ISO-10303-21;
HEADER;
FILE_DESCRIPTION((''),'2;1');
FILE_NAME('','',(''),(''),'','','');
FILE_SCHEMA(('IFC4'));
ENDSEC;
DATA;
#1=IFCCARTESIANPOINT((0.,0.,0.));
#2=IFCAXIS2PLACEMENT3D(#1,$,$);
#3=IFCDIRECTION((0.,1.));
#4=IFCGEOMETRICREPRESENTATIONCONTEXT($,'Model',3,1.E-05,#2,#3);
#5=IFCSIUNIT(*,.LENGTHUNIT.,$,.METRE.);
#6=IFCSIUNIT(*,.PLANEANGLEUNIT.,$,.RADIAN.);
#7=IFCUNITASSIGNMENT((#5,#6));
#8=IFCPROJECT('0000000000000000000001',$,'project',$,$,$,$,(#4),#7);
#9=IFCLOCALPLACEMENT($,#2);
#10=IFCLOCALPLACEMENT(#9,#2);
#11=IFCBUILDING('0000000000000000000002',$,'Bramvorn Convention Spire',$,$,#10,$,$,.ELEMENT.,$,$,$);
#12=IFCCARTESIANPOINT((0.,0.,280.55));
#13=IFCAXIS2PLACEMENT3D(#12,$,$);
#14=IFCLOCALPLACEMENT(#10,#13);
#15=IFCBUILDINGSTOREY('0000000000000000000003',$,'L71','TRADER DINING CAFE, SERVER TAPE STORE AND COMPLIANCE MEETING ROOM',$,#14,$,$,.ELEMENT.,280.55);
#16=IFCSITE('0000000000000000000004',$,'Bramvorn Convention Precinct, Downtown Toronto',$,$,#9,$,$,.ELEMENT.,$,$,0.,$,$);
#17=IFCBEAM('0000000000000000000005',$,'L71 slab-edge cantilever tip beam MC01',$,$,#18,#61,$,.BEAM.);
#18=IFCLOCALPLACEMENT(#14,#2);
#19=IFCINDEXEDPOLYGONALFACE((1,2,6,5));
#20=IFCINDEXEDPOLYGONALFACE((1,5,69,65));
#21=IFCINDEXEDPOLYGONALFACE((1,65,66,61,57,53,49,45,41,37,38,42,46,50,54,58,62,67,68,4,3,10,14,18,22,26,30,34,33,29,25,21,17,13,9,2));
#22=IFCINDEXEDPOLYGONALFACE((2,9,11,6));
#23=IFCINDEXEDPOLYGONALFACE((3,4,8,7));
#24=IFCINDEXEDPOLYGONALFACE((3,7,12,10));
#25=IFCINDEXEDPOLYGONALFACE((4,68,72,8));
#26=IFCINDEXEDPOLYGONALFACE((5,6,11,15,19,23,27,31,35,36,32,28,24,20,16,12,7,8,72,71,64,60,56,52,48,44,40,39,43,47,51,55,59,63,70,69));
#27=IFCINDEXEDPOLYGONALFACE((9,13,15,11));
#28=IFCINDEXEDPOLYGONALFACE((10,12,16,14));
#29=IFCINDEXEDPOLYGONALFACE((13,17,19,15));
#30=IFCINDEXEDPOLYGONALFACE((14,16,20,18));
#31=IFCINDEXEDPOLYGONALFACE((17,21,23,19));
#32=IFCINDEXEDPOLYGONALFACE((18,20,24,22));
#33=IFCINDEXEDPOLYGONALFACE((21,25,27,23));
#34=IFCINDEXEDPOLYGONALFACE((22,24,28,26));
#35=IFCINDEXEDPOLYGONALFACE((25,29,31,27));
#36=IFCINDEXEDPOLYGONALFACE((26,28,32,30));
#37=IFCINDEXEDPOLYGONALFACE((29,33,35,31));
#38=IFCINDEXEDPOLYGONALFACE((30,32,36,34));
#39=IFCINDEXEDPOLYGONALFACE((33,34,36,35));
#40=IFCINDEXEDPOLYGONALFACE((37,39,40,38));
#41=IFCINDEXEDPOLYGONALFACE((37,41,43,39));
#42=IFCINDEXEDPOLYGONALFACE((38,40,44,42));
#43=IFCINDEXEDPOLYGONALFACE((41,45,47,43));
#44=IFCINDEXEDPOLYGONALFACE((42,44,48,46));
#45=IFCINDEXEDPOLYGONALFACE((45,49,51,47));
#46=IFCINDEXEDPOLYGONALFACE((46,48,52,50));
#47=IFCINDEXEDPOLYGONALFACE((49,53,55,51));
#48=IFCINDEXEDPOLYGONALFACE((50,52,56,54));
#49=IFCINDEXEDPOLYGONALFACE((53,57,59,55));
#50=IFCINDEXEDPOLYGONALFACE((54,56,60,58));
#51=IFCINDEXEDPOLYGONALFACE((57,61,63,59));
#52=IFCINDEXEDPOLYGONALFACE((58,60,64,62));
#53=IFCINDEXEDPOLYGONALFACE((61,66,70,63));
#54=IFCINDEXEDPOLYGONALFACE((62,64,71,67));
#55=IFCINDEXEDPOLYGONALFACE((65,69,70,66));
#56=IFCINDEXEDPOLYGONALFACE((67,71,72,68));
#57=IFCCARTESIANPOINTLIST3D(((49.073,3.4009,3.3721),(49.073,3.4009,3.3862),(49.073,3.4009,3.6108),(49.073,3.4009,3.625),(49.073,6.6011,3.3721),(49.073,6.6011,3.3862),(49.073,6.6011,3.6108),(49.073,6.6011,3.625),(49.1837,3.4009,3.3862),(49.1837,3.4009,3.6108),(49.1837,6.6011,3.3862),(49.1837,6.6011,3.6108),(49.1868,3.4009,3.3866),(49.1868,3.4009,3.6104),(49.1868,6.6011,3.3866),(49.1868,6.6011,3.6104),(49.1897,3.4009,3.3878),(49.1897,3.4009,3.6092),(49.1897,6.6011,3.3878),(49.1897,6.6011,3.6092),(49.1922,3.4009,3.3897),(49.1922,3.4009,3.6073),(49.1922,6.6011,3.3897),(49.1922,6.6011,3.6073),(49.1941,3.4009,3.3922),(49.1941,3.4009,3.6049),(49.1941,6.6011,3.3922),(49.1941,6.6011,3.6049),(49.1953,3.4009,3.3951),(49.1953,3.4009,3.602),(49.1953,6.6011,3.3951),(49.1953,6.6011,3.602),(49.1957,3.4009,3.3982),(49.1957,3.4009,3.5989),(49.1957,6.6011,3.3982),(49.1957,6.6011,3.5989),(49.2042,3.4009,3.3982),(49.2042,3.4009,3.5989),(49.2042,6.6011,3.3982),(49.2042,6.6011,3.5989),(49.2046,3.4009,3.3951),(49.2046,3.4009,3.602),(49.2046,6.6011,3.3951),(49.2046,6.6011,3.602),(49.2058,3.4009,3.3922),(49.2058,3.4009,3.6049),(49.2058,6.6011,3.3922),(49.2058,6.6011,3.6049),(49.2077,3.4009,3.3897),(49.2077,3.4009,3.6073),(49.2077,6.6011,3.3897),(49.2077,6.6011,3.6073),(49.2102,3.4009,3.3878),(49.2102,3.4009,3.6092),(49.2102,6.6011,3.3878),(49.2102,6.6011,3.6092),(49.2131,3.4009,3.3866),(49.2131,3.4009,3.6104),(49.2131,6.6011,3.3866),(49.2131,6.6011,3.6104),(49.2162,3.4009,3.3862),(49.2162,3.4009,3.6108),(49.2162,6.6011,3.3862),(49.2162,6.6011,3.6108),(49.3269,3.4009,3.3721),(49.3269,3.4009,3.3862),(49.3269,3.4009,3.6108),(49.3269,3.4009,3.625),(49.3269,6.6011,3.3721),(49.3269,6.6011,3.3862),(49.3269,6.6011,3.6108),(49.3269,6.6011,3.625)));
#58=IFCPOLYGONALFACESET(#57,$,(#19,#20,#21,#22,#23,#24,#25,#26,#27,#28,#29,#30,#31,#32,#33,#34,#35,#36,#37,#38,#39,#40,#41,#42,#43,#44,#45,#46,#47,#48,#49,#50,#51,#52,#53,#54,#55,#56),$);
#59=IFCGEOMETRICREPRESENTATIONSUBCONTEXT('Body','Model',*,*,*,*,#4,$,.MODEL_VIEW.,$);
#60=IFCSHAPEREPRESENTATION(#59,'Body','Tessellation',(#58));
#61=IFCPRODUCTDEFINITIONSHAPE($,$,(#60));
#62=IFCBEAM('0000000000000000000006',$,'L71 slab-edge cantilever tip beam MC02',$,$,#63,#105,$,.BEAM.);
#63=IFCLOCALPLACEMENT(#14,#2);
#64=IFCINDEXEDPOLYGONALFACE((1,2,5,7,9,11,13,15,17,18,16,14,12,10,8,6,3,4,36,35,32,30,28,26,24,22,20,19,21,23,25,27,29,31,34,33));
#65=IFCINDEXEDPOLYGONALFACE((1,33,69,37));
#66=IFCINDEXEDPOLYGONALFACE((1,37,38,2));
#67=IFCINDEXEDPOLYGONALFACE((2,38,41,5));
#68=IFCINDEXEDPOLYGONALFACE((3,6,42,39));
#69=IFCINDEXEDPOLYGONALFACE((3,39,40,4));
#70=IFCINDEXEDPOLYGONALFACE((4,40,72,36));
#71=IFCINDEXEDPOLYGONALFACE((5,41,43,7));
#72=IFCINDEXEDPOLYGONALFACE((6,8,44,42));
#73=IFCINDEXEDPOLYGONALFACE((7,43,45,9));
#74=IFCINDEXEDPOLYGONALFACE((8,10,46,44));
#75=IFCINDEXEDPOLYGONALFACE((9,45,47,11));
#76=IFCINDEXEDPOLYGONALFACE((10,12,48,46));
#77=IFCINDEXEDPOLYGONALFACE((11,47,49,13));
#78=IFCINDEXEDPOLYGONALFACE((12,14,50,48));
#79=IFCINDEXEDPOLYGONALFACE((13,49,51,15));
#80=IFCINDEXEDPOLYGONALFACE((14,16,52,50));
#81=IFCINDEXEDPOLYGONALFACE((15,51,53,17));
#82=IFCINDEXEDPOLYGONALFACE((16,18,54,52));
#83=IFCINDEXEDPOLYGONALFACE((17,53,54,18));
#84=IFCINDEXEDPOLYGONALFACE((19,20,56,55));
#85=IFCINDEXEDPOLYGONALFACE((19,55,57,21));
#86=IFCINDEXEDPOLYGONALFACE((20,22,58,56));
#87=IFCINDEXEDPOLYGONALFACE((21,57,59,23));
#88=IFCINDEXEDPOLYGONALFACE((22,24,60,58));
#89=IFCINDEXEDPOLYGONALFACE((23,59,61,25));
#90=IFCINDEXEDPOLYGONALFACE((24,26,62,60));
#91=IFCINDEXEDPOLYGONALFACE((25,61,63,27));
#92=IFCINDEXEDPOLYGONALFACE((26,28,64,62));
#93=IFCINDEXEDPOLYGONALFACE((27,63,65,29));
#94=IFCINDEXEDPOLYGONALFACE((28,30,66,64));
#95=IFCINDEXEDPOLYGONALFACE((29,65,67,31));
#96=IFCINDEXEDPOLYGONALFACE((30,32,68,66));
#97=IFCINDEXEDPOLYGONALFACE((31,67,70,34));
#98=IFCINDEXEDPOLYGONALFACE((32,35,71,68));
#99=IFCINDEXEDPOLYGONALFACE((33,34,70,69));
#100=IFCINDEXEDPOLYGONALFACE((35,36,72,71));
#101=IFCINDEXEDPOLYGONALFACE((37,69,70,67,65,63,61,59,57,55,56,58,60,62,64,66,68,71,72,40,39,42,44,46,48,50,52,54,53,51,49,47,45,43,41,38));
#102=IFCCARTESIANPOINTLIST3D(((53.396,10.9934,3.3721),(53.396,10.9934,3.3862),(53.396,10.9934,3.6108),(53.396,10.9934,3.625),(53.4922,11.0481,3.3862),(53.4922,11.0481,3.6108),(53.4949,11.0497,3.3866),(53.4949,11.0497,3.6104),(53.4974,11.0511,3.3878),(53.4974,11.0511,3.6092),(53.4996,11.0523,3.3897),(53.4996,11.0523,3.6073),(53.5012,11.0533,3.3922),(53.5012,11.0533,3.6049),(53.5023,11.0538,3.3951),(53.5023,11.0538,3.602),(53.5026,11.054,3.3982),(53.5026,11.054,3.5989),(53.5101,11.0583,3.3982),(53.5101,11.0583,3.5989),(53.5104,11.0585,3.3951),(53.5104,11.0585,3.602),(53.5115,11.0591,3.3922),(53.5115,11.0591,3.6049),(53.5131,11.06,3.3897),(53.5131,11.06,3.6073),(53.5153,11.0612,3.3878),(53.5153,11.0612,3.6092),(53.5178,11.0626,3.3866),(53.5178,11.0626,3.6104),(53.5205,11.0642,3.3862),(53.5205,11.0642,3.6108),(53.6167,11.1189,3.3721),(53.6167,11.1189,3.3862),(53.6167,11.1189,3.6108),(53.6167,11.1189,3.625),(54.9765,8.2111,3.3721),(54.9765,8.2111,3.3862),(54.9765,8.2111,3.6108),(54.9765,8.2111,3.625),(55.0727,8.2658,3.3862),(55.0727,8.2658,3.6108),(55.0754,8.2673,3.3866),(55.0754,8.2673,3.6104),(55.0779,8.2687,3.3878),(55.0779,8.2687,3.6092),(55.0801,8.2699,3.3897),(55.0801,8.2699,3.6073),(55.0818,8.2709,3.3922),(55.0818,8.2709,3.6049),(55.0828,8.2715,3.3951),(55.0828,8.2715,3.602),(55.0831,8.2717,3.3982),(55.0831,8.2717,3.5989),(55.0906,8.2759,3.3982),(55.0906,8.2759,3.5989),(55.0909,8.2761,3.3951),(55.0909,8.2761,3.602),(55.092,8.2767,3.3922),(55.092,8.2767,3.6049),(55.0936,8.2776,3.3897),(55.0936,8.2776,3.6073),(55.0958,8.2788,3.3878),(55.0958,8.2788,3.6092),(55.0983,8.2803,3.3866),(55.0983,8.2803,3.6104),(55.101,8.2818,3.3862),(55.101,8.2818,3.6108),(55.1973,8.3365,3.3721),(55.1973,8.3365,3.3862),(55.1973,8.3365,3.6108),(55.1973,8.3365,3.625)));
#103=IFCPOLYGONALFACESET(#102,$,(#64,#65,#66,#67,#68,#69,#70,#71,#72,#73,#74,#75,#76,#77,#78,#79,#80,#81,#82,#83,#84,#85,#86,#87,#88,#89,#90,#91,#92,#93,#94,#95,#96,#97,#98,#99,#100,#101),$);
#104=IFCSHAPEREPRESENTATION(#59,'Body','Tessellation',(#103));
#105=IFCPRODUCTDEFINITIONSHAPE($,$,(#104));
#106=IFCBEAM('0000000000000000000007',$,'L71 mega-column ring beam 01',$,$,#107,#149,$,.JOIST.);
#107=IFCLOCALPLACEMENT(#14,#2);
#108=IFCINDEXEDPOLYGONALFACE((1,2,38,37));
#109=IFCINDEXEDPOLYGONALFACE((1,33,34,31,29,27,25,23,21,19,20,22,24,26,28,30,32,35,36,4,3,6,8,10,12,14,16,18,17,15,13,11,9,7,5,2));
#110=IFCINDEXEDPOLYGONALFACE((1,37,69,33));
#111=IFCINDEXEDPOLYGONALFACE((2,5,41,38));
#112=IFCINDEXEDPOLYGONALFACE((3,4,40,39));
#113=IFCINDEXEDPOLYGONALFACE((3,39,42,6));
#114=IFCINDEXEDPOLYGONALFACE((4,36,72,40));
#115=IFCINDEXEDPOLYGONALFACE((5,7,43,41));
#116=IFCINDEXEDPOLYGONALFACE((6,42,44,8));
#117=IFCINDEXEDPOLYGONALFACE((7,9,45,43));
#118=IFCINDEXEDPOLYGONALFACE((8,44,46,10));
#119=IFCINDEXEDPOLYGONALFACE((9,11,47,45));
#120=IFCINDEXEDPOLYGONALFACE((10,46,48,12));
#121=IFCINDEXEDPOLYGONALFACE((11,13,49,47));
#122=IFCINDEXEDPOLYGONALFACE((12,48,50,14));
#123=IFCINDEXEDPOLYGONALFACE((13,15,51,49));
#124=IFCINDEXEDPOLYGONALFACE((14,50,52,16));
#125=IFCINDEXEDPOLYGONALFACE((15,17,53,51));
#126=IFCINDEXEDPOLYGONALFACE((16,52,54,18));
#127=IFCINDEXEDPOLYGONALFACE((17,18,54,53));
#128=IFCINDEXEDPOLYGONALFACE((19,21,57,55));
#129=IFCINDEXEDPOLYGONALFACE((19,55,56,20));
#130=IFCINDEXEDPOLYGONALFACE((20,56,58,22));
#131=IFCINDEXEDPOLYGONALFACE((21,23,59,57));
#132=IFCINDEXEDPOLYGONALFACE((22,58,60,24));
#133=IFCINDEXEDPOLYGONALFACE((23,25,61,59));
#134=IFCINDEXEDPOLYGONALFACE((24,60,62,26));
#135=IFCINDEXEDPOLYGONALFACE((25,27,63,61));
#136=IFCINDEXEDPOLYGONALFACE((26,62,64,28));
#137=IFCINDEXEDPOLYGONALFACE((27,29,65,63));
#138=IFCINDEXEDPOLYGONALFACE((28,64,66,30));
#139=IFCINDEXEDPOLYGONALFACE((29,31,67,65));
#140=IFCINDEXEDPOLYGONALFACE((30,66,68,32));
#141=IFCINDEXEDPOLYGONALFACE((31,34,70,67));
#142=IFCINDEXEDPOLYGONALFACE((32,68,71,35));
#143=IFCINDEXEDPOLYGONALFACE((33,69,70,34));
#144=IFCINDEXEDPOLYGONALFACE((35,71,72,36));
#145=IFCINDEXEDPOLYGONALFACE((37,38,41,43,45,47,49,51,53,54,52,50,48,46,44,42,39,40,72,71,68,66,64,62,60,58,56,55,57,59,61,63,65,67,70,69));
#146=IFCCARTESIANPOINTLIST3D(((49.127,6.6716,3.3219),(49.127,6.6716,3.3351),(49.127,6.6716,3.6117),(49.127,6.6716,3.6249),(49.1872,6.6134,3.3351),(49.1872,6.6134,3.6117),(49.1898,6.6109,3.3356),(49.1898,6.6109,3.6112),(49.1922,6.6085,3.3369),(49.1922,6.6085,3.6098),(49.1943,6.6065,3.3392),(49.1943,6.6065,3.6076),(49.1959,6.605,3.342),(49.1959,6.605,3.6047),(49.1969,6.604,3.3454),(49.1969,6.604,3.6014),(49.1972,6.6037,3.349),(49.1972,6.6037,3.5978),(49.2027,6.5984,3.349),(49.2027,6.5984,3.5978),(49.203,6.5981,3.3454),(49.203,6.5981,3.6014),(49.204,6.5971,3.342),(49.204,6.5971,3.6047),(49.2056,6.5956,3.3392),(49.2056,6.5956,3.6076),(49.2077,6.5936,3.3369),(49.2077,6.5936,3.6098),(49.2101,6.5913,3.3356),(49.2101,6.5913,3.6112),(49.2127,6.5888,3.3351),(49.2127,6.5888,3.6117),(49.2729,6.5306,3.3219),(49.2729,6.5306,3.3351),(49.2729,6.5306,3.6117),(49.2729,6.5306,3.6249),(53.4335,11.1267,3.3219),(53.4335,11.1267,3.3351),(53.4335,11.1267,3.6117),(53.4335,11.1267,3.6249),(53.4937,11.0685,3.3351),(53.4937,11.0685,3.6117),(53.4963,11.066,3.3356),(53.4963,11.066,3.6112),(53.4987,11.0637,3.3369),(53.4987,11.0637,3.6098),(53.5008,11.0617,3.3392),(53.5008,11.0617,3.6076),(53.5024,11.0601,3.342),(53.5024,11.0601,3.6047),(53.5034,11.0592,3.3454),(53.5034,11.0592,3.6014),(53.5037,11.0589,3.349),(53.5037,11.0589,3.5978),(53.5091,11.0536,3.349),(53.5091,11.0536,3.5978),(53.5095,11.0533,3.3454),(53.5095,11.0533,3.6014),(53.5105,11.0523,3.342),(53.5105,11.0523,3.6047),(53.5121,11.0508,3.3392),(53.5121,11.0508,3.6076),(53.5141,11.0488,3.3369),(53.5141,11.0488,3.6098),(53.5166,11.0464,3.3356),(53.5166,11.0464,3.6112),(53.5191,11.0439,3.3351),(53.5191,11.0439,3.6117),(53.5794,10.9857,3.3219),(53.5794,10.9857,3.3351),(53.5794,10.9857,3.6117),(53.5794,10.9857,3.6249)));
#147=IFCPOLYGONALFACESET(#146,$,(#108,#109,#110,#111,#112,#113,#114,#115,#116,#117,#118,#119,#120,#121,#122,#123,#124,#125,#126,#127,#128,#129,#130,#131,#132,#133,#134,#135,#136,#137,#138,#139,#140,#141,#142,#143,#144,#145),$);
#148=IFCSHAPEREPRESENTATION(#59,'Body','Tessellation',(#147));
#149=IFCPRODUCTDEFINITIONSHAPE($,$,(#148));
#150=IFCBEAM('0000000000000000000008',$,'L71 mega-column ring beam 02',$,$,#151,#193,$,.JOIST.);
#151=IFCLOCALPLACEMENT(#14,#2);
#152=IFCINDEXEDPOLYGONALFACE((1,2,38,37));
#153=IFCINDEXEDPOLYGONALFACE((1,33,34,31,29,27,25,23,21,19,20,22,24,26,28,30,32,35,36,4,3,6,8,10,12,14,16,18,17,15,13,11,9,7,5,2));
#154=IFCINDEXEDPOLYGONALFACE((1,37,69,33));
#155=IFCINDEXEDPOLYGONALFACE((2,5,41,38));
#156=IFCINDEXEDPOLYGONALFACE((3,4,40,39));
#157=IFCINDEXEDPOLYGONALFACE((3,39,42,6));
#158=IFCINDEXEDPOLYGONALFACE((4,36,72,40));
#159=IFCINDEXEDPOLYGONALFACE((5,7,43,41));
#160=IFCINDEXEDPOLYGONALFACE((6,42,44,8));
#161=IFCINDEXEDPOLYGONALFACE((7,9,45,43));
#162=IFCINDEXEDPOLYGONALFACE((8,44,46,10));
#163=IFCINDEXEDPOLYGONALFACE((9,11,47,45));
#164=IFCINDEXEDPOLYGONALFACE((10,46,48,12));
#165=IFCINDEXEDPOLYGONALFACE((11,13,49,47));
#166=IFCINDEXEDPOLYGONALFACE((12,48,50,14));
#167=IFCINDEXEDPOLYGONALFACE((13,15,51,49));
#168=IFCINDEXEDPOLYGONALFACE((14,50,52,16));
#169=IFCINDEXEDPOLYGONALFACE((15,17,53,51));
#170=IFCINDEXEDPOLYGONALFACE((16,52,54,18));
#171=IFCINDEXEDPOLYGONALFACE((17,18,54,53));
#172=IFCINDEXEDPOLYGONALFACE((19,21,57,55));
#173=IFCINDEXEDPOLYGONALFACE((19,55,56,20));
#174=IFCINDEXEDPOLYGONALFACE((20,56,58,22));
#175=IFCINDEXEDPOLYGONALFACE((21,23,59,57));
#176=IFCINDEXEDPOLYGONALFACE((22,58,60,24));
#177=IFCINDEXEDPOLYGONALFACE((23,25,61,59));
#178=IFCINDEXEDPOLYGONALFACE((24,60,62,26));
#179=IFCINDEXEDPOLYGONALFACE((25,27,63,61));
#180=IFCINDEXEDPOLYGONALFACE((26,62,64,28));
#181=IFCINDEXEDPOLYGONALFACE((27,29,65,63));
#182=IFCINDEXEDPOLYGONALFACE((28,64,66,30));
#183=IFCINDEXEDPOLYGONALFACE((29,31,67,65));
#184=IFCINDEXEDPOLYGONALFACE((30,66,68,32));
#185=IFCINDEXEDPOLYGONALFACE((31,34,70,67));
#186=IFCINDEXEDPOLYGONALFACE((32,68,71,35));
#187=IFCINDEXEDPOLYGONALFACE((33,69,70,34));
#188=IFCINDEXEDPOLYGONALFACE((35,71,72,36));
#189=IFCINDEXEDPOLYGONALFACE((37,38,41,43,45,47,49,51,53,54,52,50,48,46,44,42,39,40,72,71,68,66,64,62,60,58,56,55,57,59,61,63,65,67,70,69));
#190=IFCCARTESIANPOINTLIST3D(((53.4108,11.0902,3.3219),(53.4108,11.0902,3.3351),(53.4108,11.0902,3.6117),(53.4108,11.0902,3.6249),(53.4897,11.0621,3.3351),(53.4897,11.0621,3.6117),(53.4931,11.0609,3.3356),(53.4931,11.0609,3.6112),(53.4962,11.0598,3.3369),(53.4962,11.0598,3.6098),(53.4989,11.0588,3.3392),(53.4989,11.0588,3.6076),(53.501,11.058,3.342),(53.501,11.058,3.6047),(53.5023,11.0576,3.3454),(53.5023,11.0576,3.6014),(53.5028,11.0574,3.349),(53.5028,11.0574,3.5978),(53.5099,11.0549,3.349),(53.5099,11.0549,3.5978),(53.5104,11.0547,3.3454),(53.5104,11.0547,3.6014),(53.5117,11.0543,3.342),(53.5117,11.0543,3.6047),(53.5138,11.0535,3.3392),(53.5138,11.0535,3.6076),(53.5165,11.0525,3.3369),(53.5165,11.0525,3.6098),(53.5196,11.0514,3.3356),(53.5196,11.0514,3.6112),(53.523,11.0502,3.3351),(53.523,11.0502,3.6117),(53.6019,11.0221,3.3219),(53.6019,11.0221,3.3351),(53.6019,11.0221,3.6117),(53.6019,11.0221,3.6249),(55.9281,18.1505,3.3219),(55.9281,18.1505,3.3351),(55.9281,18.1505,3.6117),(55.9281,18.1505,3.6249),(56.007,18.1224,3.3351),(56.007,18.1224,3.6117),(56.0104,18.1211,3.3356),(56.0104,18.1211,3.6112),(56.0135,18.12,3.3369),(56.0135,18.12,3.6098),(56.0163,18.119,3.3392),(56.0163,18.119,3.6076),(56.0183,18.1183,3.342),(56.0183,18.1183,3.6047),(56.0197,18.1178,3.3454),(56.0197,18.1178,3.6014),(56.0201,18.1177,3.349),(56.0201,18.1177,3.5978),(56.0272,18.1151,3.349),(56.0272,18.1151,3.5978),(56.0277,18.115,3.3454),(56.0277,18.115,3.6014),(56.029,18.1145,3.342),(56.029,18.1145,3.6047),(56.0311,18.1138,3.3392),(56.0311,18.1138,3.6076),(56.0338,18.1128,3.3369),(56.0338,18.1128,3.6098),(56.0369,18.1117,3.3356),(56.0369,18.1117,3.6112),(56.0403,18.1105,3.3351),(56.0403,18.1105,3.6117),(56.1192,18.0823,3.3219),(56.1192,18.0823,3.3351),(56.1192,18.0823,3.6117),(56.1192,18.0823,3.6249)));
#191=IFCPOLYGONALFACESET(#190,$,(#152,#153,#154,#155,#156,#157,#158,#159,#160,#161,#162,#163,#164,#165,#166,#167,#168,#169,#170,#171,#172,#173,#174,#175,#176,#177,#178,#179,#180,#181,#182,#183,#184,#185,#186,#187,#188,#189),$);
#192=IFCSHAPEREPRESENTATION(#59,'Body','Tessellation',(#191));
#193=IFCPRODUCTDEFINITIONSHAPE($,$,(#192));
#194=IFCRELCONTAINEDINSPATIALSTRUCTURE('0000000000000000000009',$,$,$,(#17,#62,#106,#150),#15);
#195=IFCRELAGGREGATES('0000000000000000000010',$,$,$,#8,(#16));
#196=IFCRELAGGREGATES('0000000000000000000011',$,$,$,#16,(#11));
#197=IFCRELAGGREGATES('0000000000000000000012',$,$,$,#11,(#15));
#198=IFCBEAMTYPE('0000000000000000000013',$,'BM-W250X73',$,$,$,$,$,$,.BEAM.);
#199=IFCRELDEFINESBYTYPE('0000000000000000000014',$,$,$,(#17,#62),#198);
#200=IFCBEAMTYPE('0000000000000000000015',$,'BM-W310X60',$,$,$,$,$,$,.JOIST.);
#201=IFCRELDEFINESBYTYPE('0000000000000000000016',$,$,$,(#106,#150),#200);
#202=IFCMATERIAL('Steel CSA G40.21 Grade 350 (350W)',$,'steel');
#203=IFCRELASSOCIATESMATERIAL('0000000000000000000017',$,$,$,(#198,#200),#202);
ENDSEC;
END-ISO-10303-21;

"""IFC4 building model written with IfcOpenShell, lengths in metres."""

from ifc_helpers import new_model, si_unit, direction, frame, origin, origin_2d, place, context, subcontext, project, spatial, i_section, extrude, material, material_profile, profile_set, type_object, element, save


model = new_model("IFC4")

# Units and contexts
model_context = context("Model", 3, precision=1e-05, world=origin(), true_north=direction((0.0, 1.0)))
body_context = subcontext(model_context, "Body", "Model", "MODEL_VIEW")
ifc_project = project(units=[si_unit("LENGTHUNIT", "METRE"), si_unit("PLANEANGLEUNIT", "RADIAN")], contexts=[model_context])

# Site, building, storey
site_placement = place(None, origin())
site = spatial("IfcSite", under=ifc_project, at=site_placement, Name="Bramvorn Convention Precinct, Downtown Toronto", CompositionType="ELEMENT", RefElevation=0.0)
building_placement = place(site_placement, origin())
building = spatial("IfcBuilding", under=site, at=building_placement, Name="Bramvorn Convention Spire", CompositionType="ELEMENT")
storey_placement = place(building_placement, frame((0.0, 0.0, 280.55)))
storey = spatial("IfcBuildingStorey", under=building, at=storey_placement, Name="L71", Description="TRADER DINING CAFE, SERVER TAPE STORE AND COMPLIANCE MEETING ROOM", CompositionType="ELEMENT", Elevation=280.55)

# Shared definitions
ifc_material_1 = material(Name="Steel CSA G40.21 Grade 350 (350W)", Category="steel")

# Beams
ifc_material_profile_1 = material_profile(ifc_material_1, i_section(OverallWidth=0.2539, OverallDepth=0.2529, WebThickness=0.0085, FlangeThickness=0.0142, FilletRadius=0.012, at=origin_2d()))
ifc_profile_set_1 = profile_set([ifc_material_profile_1], Name="Steel CSA G40.21 Grade 350 (350W) - W250X73")
beam_type_1 = type_object("IfcBeamType", Name="BM-W250X73", PredefinedType="BEAM", material=ifc_profile_set_1)
beam_1_placement = place(storey_placement, frame((49.2, 6.6011, 3.4985), z_axis=(0.0, -1.0, 0.0), x_axis=(1.0, 0.0, 0.0)))
element("IfcBeam", 1, at=beam_1_placement, inside=storey, type_object=beam_type_1, Name="L71 slab-edge cantilever tip beam MC01", PredefinedType="BEAM", context=body_context, shape_type="SweptSolid", body=[
    extrude(i_section(OverallWidth=0.2539, OverallDepth=0.2529, WebThickness=0.0085, FlangeThickness=0.0142, FilletRadius=0.012, at=origin_2d()), origin(), (0.0, 0.0, 1.0), 3.2002),
])
beam_2_placement = place(storey_placement, frame((53.5063, 11.0562, 3.4985), z_axis=(0.493919, -0.869508, 0.0), x_axis=(0.869508, 0.493919, 0.0)))
element("IfcBeam", 2, at=beam_2_placement, inside=storey, type_object=beam_type_1, Name="L71 slab-edge cantilever tip beam MC02", PredefinedType="BEAM", context=body_context, shape_type="SweptSolid", body=[
    extrude(i_section(OverallWidth=0.2539, OverallDepth=0.2529, WebThickness=0.0085, FlangeThickness=0.0142, FilletRadius=0.012, at=origin_2d()), origin(), (0.0, 0.0, 1.0), 3.2),
])
ifc_material_profile_2 = material_profile(ifc_material_1, i_section(OverallWidth=0.2029, OverallDepth=0.303, WebThickness=0.0076, FlangeThickness=0.0132, FilletRadius=0.0139, at=origin_2d()))
ifc_profile_set_2 = profile_set([ifc_material_profile_2], Name="Steel CSA G40.21 Grade 350 (350W) - W310X60")
beam_type_2 = type_object("IfcBeamType", Name="BM-W310X60", PredefinedType="JOIST", material=ifc_profile_set_2)
beam_3_placement = place(storey_placement, frame((49.2, 6.6011, 3.4734), z_axis=(0.695007, 0.719003, 0.0), x_axis=(-0.719003, 0.695007, 0.0)))
element("IfcBeam", 3, at=beam_3_placement, inside=storey, type_object=beam_type_2, Name="L71 mega-column ring beam 01", PredefinedType="JOIST", context=body_context, shape_type="SweptSolid", body=[
    extrude(i_section(OverallWidth=0.2029, OverallDepth=0.303, WebThickness=0.0076, FlangeThickness=0.0132, FilletRadius=0.0139, at=origin_2d()), origin(), (0.0, 0.0, 1.0), 6.1963),
])
beam_4_placement = place(storey_placement, frame((53.5063, 11.0562, 3.4734), z_axis=(0.335839, 0.941919, 0.0), x_axis=(-0.941919, 0.335839, 0.0)))
element("IfcBeam", 4, at=beam_4_placement, inside=storey, type_object=beam_type_2, Name="L71 mega-column ring beam 02", PredefinedType="JOIST", context=body_context, shape_type="SweptSolid", body=[
    extrude(i_section(OverallWidth=0.2029, OverallDepth=0.303, WebThickness=0.0076, FlangeThickness=0.0132, FilletRadius=0.0139, at=origin_2d()), origin(), (0.0, 0.0, 1.0), 7.4956),
])

save(model, "model.ifc")
